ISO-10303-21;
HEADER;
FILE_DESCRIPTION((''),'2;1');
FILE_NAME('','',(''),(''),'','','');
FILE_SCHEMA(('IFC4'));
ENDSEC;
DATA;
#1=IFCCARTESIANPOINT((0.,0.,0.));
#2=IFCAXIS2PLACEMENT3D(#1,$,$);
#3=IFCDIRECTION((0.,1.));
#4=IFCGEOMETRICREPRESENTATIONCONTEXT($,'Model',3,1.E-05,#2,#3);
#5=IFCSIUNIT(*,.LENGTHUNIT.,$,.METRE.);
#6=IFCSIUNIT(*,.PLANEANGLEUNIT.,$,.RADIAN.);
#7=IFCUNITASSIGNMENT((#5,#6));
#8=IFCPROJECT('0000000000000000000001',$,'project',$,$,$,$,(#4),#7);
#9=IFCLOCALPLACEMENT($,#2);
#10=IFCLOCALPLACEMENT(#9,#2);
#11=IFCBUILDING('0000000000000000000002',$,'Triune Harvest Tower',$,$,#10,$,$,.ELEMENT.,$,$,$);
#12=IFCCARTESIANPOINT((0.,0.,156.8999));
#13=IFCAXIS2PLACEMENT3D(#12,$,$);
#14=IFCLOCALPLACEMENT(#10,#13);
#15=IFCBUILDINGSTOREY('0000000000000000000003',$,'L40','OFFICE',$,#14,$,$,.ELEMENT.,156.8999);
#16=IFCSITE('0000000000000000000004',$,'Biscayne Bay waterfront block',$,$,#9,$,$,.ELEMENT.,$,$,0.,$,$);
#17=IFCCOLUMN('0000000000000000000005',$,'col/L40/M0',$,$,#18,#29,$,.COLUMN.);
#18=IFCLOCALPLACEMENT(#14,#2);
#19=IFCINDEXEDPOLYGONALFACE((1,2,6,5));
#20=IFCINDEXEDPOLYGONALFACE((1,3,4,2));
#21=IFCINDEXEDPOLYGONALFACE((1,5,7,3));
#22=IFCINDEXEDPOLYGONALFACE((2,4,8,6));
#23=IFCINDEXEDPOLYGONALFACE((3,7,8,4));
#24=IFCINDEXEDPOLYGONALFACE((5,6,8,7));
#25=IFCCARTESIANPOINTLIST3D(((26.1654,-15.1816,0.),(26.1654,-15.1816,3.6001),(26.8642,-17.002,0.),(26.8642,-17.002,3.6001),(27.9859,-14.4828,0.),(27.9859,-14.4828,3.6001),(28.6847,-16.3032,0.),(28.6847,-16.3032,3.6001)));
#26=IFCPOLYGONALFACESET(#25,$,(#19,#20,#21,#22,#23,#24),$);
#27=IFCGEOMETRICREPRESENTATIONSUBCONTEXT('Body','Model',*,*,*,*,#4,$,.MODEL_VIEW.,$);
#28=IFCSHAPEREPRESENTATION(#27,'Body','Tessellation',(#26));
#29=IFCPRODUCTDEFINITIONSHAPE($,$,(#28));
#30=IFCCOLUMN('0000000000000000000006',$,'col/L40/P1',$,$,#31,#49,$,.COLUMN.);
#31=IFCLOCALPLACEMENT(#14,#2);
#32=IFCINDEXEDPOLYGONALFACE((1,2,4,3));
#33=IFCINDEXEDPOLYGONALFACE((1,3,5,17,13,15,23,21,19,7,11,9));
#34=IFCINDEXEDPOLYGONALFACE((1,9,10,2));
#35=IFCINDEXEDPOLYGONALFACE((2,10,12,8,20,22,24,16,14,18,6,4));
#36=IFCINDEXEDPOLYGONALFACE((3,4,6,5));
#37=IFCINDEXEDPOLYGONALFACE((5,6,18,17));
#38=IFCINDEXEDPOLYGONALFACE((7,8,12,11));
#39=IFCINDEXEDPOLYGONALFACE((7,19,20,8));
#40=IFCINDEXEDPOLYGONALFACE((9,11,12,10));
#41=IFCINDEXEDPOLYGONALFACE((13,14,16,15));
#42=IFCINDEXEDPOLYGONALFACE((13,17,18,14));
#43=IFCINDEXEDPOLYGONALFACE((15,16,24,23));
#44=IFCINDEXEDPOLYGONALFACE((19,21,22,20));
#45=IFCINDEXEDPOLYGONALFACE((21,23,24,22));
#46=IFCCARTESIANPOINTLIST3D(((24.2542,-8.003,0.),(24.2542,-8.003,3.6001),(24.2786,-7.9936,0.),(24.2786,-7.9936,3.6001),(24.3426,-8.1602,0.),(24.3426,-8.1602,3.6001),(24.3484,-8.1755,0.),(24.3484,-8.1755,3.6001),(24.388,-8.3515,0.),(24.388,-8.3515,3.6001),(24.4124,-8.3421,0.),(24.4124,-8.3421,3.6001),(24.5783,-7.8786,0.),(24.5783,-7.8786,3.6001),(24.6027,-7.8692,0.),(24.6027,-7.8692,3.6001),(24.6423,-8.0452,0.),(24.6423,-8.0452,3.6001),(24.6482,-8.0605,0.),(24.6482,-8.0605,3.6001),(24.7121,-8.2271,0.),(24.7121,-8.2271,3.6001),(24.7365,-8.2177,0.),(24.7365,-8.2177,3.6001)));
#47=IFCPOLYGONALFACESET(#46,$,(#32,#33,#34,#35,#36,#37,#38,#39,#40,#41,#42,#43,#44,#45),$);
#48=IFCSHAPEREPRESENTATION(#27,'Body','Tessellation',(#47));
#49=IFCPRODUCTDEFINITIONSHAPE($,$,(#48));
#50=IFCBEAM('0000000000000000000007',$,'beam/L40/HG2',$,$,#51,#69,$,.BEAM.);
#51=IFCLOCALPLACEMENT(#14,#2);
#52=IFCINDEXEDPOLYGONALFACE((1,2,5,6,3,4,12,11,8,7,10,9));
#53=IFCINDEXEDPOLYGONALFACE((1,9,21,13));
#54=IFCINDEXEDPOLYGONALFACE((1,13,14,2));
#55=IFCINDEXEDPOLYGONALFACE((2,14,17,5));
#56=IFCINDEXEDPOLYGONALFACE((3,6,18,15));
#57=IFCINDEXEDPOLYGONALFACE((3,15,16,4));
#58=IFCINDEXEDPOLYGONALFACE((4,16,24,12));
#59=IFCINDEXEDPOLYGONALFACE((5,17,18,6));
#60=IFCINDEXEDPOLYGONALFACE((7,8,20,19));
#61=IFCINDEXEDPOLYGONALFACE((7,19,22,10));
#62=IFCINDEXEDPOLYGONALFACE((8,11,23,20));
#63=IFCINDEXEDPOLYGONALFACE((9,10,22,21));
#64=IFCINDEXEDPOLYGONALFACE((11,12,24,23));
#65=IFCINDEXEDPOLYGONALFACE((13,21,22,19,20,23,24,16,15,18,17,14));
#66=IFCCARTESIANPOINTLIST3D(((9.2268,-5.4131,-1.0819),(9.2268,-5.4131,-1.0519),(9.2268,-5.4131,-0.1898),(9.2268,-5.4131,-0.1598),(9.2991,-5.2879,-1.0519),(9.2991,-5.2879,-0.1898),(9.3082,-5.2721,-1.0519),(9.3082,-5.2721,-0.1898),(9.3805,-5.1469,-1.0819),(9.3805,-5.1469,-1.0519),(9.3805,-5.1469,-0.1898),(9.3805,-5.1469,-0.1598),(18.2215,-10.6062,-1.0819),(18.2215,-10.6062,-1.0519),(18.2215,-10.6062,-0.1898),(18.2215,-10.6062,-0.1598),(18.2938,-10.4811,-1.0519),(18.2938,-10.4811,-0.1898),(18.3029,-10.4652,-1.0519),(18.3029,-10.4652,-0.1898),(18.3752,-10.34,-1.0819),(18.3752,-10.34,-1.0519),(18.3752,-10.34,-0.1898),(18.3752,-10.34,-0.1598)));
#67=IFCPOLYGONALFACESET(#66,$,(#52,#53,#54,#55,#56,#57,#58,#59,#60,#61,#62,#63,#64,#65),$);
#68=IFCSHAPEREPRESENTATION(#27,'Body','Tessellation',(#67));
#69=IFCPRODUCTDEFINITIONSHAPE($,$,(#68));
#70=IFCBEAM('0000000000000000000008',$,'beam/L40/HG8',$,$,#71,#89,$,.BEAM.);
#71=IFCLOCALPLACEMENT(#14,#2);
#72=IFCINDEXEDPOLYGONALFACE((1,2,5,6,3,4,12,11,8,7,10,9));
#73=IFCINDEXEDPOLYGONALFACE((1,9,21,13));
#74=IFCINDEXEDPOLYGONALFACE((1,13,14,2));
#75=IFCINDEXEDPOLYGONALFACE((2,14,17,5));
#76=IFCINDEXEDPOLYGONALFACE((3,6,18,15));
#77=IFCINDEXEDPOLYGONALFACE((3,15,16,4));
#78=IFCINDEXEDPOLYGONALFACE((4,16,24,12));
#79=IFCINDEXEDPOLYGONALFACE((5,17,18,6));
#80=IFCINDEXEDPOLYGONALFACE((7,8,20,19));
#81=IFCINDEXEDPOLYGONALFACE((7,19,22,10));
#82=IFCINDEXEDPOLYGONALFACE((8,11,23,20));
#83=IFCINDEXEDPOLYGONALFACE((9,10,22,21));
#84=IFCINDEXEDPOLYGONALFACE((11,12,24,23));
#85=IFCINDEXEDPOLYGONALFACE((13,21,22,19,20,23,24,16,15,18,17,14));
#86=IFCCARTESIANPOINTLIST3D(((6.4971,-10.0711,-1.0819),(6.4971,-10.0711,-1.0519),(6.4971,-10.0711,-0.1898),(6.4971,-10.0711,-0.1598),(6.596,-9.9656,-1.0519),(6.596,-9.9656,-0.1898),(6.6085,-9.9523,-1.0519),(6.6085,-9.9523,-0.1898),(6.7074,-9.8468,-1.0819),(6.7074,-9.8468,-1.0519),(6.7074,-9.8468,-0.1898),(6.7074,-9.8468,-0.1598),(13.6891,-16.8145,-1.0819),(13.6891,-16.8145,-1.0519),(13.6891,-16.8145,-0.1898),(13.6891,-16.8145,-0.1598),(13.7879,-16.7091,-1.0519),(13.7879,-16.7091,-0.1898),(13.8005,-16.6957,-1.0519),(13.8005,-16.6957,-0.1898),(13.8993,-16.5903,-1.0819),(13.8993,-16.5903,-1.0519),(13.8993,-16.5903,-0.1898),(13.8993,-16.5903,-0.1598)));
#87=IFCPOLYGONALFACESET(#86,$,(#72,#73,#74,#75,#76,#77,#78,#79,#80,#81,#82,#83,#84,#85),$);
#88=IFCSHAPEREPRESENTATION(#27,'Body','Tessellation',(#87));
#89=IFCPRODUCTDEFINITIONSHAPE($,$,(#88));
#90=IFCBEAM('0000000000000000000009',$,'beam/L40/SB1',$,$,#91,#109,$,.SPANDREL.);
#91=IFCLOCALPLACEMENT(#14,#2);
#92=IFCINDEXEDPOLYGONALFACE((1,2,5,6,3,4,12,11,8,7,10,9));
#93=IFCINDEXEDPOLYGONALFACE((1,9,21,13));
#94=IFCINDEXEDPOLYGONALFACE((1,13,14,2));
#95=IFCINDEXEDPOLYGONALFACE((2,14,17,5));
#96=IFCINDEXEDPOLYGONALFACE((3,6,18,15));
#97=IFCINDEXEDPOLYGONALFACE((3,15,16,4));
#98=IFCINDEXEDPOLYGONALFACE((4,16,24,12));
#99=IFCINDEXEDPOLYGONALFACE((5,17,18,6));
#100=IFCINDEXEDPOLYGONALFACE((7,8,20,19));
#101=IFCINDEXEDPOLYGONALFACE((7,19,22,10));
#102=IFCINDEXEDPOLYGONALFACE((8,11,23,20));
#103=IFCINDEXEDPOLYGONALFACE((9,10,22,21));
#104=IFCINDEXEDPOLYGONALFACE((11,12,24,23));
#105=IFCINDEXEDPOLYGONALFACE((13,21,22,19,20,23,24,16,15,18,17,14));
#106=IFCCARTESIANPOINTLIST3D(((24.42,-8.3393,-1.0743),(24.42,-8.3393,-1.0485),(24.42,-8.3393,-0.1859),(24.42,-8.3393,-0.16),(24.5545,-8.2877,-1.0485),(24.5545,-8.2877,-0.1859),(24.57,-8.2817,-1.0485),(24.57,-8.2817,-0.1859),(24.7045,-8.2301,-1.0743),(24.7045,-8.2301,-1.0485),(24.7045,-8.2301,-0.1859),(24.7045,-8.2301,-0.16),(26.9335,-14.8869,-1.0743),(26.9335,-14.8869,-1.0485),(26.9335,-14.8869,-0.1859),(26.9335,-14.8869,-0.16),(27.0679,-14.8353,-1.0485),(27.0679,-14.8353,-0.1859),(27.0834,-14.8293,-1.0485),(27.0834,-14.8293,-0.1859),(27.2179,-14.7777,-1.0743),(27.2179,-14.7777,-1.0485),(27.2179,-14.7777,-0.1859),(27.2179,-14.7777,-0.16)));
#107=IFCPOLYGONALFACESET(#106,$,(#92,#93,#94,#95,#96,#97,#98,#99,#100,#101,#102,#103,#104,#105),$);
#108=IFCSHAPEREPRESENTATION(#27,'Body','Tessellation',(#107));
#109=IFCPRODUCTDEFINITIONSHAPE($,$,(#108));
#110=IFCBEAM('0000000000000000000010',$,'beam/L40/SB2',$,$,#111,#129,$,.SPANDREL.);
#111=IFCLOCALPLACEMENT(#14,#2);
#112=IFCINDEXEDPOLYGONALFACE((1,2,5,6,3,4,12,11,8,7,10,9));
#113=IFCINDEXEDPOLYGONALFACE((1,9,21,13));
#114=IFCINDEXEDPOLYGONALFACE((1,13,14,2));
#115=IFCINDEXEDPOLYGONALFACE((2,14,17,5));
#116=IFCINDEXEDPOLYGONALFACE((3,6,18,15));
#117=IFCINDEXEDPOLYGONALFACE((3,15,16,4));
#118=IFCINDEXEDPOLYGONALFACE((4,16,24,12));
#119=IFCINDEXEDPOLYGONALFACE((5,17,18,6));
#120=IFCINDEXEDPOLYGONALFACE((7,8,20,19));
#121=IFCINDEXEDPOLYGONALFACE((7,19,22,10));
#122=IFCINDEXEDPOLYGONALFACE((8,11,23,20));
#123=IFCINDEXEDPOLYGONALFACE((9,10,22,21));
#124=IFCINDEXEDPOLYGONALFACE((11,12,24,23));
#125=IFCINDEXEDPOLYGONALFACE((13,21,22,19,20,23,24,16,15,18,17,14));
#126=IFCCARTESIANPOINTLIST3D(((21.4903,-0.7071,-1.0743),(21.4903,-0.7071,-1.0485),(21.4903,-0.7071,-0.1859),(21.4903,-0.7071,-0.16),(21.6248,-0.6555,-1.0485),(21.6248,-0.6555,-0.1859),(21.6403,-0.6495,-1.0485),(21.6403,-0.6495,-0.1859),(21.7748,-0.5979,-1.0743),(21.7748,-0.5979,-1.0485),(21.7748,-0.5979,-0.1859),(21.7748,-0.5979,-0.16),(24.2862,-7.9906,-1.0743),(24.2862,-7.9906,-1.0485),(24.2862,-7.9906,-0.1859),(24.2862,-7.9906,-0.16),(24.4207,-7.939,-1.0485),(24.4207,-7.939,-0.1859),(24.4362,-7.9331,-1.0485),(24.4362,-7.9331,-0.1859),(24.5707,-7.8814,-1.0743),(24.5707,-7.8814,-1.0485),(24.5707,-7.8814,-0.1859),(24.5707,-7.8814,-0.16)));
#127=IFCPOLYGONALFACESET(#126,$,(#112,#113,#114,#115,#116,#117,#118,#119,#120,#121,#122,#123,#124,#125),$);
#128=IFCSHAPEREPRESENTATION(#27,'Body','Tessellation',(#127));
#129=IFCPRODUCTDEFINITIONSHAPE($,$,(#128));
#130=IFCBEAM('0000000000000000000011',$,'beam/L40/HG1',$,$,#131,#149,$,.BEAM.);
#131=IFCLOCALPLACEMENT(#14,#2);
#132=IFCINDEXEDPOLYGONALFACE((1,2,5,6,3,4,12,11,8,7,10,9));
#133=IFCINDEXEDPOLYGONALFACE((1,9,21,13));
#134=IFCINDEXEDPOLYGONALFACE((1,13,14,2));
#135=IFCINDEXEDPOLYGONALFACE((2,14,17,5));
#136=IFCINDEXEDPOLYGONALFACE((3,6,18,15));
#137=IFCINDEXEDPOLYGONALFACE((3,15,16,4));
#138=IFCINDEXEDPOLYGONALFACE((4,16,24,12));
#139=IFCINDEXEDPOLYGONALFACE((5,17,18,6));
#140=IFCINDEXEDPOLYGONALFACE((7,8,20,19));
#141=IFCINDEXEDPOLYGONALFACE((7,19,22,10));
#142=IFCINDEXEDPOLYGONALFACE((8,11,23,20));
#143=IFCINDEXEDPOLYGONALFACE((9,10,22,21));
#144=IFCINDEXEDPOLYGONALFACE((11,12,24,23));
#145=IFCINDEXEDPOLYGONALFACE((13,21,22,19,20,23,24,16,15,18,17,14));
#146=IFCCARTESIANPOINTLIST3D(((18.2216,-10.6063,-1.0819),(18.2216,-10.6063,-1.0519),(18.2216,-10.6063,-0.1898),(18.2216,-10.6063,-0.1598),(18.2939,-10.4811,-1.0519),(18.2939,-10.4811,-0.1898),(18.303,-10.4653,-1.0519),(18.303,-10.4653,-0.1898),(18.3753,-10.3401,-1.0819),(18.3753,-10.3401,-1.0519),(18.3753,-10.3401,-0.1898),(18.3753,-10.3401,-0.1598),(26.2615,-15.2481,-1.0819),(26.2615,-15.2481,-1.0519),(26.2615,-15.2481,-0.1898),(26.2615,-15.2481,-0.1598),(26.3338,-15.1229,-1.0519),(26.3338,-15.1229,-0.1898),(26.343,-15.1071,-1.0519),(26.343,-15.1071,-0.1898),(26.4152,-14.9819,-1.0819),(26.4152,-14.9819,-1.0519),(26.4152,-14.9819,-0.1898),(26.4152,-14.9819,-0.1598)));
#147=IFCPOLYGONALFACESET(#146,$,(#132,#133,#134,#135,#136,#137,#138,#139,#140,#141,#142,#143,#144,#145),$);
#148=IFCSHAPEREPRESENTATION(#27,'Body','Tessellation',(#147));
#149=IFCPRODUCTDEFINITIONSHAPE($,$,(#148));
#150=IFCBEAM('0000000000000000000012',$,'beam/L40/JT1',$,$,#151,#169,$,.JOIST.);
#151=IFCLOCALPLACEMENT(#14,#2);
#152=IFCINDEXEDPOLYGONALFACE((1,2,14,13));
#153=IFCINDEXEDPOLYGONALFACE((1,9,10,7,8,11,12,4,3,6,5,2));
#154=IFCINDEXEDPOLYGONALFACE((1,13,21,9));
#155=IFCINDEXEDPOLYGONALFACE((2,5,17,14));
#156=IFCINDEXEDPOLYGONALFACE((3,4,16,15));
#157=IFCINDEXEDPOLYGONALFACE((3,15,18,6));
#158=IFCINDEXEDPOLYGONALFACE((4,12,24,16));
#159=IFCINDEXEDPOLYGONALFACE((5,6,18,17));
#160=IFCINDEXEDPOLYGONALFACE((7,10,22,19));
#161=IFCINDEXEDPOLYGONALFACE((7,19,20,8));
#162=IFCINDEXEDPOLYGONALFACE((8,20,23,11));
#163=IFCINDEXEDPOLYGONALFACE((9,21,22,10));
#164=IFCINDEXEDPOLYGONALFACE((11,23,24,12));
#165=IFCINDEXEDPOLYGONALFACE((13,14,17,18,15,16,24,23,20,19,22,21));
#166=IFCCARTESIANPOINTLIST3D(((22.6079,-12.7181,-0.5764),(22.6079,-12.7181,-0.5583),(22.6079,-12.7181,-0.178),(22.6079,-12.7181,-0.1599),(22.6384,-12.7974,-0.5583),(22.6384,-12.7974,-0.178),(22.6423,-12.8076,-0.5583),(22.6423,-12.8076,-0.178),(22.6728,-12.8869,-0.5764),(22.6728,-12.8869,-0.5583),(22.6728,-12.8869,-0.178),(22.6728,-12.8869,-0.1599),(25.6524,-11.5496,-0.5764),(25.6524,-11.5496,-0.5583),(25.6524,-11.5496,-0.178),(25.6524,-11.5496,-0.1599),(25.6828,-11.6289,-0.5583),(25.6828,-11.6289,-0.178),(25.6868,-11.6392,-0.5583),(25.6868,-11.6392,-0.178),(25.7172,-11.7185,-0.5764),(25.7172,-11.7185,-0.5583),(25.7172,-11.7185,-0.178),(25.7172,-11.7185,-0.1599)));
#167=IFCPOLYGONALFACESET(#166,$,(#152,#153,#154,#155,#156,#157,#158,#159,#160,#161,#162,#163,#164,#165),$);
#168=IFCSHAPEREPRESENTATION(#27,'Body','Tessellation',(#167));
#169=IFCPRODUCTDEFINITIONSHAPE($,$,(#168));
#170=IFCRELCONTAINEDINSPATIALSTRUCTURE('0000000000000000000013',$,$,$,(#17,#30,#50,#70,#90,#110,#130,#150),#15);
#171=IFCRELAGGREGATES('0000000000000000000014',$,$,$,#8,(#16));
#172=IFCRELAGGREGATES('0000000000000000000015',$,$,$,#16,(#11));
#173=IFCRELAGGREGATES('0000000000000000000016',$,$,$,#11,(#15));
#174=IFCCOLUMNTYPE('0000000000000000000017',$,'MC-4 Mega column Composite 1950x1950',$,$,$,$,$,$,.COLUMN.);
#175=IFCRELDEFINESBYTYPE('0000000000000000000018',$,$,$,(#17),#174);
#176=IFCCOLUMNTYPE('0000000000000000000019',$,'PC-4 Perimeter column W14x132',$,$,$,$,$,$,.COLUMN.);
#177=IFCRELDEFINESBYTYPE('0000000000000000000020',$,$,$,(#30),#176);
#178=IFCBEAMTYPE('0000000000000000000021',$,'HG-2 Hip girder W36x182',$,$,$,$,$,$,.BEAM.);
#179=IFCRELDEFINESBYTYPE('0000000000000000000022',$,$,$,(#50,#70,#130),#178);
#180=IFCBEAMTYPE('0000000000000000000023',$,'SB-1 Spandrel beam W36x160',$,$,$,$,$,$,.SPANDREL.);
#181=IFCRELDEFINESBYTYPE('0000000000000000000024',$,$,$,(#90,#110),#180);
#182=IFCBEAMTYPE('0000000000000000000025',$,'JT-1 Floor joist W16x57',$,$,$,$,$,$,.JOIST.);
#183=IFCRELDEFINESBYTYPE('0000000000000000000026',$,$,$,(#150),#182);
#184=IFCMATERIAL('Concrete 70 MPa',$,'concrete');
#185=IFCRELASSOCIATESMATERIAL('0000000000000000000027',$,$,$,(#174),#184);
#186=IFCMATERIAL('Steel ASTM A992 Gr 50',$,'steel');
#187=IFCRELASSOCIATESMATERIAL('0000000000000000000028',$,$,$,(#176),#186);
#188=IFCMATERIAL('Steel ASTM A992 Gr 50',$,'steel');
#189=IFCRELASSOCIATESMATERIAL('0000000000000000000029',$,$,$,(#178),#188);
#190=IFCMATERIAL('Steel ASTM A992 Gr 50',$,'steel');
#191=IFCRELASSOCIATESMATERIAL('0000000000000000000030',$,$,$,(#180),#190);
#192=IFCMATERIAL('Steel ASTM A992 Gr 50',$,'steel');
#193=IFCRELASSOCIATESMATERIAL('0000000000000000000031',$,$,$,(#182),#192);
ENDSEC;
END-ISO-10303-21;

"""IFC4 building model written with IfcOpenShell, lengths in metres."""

from ifc_helpers import new_model, si_unit, direction, frame, origin, origin_2d, place, context, subcontext, project, spatial, rectangle, i_section, extrude, source, transform, mapped, material, material_profile, profile_set, type_object, element, save


model = new_model("IFC4")

# Units and contexts
model_context = context("Model", 3, precision=1e-05, world=origin(), true_north=direction((0.0, 1.0)))
body_context = subcontext(model_context, "Body", "Model", "MODEL_VIEW")
ifc_project = project(units=[si_unit("LENGTHUNIT", "METRE"), si_unit("PLANEANGLEUNIT", "RADIAN")], contexts=[model_context])

# Site, building, storey
site_placement = place(None, origin())
site = spatial("IfcSite", under=ifc_project, at=site_placement, Name="Biscayne Bay waterfront block", CompositionType="ELEMENT", RefElevation=0.0)
building_placement = place(site_placement, origin())
building = spatial("IfcBuilding", under=site, at=building_placement, Name="Triune Harvest Tower", CompositionType="ELEMENT")
storey_placement = place(building_placement, frame((0.0, 0.0, 156.8999)))
storey = spatial("IfcBuildingStorey", under=building, at=storey_placement, Name="L40", Description="OFFICE", CompositionType="ELEMENT", Elevation=156.8999)

# Columns
ifc_material_1 = material(Name="Concrete 70 MPa", Category="concrete")
ifc_material_profile_1 = material_profile(ifc_material_1, rectangle(XDim=1.95, YDim=1.95, at=origin_2d()), Name="Composite 1950x1950")
ifc_profile_set_1 = profile_set([ifc_material_profile_1], Name="Concrete 70 MPa")
column_type_1 = type_object("IfcColumnType", Name="MC-4 Mega column Composite 1950x1950", PredefinedType="COLUMN", material=ifc_profile_set_1)
shared_shape_1 = source(origin(), body_context, "Body", "SweptSolid", [
    extrude(rectangle(XDim=1.95, YDim=1.95, at=origin_2d()), origin(), (0.0, 0.0, 1.0), 3.6001),
])
column_1_placement = place(storey_placement, frame((27.425, -15.7424, 0.0), z_axis=(0.0, 0.0, 1.0), x_axis=(-0.358368, 0.93358, 0.0)))
element("IfcColumn", 1, at=column_1_placement, inside=storey, type_object=column_type_1, Name="col/L40/M0", PredefinedType="COLUMN", context=body_context, shape_type="MappedRepresentation", body=[
    mapped(shared_shape_1, transform((0.0, 0.0, 0.0), scale=1.0)),
])
ifc_material_2 = material(Name="Steel ASTM A992 Gr 50", Category="steel")
ifc_material_profile_2 = material_profile(ifc_material_2, i_section(OverallWidth=0.3733, OverallDepth=0.3733, WebThickness=0.0164, FlangeThickness=0.0261, at=origin_2d()), Name="W14x132")
ifc_profile_set_2 = profile_set([ifc_material_profile_2], Name="Steel ASTM A992 Gr 50")
column_type_2 = type_object("IfcColumnType", Name="PC-4 Perimeter column W14x132", PredefinedType="COLUMN", material=ifc_profile_set_2)
shared_shape_2 = source(origin(), body_context, "Body", "SweptSolid", [
    extrude(i_section(OverallWidth=0.3733, OverallDepth=0.3733, WebThickness=0.0164, FlangeThickness=0.0261, at=origin_2d()), origin(), (0.0, 0.0, 1.0), 3.6001),
])
column_2_placement = place(storey_placement, frame((24.4954, -8.1104, 0.0), z_axis=(0.0, 0.0, 1.0), x_axis=(-0.358368, 0.93358, 0.0)))
element("IfcColumn", 2, at=column_2_placement, inside=storey, type_object=column_type_2, Name="col/L40/P1", PredefinedType="COLUMN", context=body_context, shape_type="MappedRepresentation", body=[
    mapped(shared_shape_2, transform((0.0, 0.0, 0.0), scale=1.0)),
])

# Beams
ifc_material_3 = material(Name="Steel ASTM A992 Gr 50", Category="steel")
ifc_material_profile_3 = material_profile(ifc_material_3, i_section(OverallWidth=0.3074, OverallDepth=0.9221, WebThickness=0.0183, FlangeThickness=0.03, at=origin_2d()), Name="W36x182")
ifc_profile_set_3 = profile_set([ifc_material_profile_3], Name="Steel ASTM A992 Gr 50")
beam_type_1 = type_object("IfcBeamType", Name="HG-2 Hip girder W36x182", PredefinedType="BEAM", material=ifc_profile_set_3)
shared_shape_3 = source(origin(), body_context, "Body", "SweptSolid", [
    extrude(i_section(OverallWidth=0.3074, OverallDepth=0.9221, WebThickness=0.0183, FlangeThickness=0.03, at=origin_2d()), origin(), (0.0, 0.0, 1.0), 10.3862),
])
beam_1_placement = place(storey_placement, frame((18.2983, -10.4731, -0.6208), z_axis=(-0.866023, 0.500005, 0.0), x_axis=(-0.500005, -0.866023, 0.0)))
element("IfcBeam", 3, at=beam_1_placement, inside=storey, type_object=beam_type_1, Name="beam/L40/HG2", PredefinedType="BEAM", context=body_context, shape_type="MappedRepresentation", body=[
    mapped(shared_shape_3, transform((0.0, 0.0, 0.0), scale=1.0)),
])
shared_shape_4 = source(origin(), body_context, "Body", "SweptSolid", [
    extrude(i_section(OverallWidth=0.3074, OverallDepth=0.9221, WebThickness=0.0183, FlangeThickness=0.03, at=origin_2d()), origin(), (0.0, 0.0, 1.0), 9.8589),
])
beam_2_placement = place(storey_placement, frame((13.7942, -16.7024, -0.6208), z_axis=(-0.729486, 0.683995, 0.0), x_axis=(-0.683995, -0.729486, 0.0)))
element("IfcBeam", 4, at=beam_2_placement, inside=storey, type_object=beam_type_1, Name="beam/L40/HG8", PredefinedType="BEAM", context=body_context, shape_type="MappedRepresentation", body=[
    mapped(shared_shape_4, transform((0.0, 0.0, 0.0), scale=1.0)),
])
ifc_material_4 = material(Name="Steel ASTM A992 Gr 50", Category="steel")
ifc_material_profile_4 = material_profile(ifc_material_4, i_section(OverallWidth=0.3047, OverallDepth=0.9143, WebThickness=0.0166, FlangeThickness=0.0259, at=origin_2d()), Name="W36x160")
ifc_profile_set_4 = profile_set([ifc_material_profile_4], Name="Steel ASTM A992 Gr 50")
beam_type_2 = type_object("IfcBeamType", Name="SB-1 Spandrel beam W36x160", PredefinedType="SPANDREL", material=ifc_profile_set_4)
shared_shape_5 = source(origin(), body_context, "Body", "SweptSolid", [
    extrude(i_section(OverallWidth=0.3047, OverallDepth=0.9143, WebThickness=0.0166, FlangeThickness=0.0259, at=origin_2d()), origin(), (0.0, 0.0, 1.0), 7.0134),
])
beam_3_placement = place(storey_placement, frame((27.0757, -14.8323, -0.6172), z_axis=(-0.358373, 0.933579, 0.0), x_axis=(-0.933579, -0.358373, 0.0)))
element("IfcBeam", 5, at=beam_3_placement, inside=storey, type_object=beam_type_2, Name="beam/L40/SB1", PredefinedType="SPANDREL", context=body_context, shape_type="MappedRepresentation", body=[
    mapped(shared_shape_5, transform((0.0, 0.0, 0.0), scale=1.0)),
])
shared_shape_6 = source(origin(), body_context, "Body", "SweptSolid", [
    extrude(i_section(OverallWidth=0.3047, OverallDepth=0.9143, WebThickness=0.0166, FlangeThickness=0.0259, at=origin_2d()), origin(), (0.0, 0.0, 1.0), 7.8018),
])
beam_4_placement = place(storey_placement, frame((24.4285, -7.936, -0.6172), z_axis=(-0.358373, 0.933578, 0.0), x_axis=(-0.933578, -0.358373, 0.0)))
element("IfcBeam", 6, at=beam_4_placement, inside=storey, type_object=beam_type_2, Name="beam/L40/SB2", PredefinedType="SPANDREL", context=body_context, shape_type="MappedRepresentation", body=[
    mapped(shared_shape_6, transform((0.0, 0.0, 0.0), scale=1.0)),
])
shared_shape_7 = source(origin(), body_context, "Body", "SweptSolid", [
    extrude(i_section(OverallWidth=0.3074, OverallDepth=0.9221, WebThickness=0.0183, FlangeThickness=0.03, at=origin_2d()), origin(), (0.0, 0.0, 1.0), 9.2837),
])
beam_5_placement = place(storey_placement, frame((26.3384, -15.115, -0.6208), z_axis=(-0.866029, 0.499994, 0.0), x_axis=(-0.499994, -0.866029, 0.0)))
element("IfcBeam", 7, at=beam_5_placement, inside=storey, type_object=beam_type_1, Name="beam/L40/HG1", PredefinedType="BEAM", context=body_context, shape_type="MappedRepresentation", body=[
    mapped(shared_shape_7, transform((0.0, 0.0, 0.0), scale=1.0)),
])
ifc_material_5 = material(Name="Steel ASTM A992 Gr 50", Category="steel")
ifc_material_profile_5 = material_profile(ifc_material_5, i_section(OverallWidth=0.1809, OverallDepth=0.4165, WebThickness=0.011, FlangeThickness=0.0181, at=origin_2d()), Name="W16x57")
ifc_profile_set_5 = profile_set([ifc_material_profile_5], Name="Steel ASTM A992 Gr 50")
beam_type_3 = type_object("IfcBeamType", Name="JT-1 Floor joist W16x57", PredefinedType="JOIST", material=ifc_profile_set_5)
shared_shape_8 = source(origin(), body_context, "Body", "SweptSolid", [
    extrude(i_section(OverallWidth=0.1809, OverallDepth=0.4165, WebThickness=0.011, FlangeThickness=0.0181, at=origin_2d()), origin(), (0.0, 0.0, 1.0), 3.261),
])
beam_6_placement = place(storey_placement, frame((25.6848, -11.634, -0.3682), z_axis=(-0.9336, -0.358317, 0.0), x_axis=(0.358317, -0.9336, 0.0)))
element("IfcBeam", 8, at=beam_6_placement, inside=storey, type_object=beam_type_3, Name="beam/L40/JT1", PredefinedType="JOIST", context=body_context, shape_type="MappedRepresentation", body=[
    mapped(shared_shape_8, transform((0.0, 0.0, 0.0), scale=1.0)),
])

save(model, "model.ifc")
